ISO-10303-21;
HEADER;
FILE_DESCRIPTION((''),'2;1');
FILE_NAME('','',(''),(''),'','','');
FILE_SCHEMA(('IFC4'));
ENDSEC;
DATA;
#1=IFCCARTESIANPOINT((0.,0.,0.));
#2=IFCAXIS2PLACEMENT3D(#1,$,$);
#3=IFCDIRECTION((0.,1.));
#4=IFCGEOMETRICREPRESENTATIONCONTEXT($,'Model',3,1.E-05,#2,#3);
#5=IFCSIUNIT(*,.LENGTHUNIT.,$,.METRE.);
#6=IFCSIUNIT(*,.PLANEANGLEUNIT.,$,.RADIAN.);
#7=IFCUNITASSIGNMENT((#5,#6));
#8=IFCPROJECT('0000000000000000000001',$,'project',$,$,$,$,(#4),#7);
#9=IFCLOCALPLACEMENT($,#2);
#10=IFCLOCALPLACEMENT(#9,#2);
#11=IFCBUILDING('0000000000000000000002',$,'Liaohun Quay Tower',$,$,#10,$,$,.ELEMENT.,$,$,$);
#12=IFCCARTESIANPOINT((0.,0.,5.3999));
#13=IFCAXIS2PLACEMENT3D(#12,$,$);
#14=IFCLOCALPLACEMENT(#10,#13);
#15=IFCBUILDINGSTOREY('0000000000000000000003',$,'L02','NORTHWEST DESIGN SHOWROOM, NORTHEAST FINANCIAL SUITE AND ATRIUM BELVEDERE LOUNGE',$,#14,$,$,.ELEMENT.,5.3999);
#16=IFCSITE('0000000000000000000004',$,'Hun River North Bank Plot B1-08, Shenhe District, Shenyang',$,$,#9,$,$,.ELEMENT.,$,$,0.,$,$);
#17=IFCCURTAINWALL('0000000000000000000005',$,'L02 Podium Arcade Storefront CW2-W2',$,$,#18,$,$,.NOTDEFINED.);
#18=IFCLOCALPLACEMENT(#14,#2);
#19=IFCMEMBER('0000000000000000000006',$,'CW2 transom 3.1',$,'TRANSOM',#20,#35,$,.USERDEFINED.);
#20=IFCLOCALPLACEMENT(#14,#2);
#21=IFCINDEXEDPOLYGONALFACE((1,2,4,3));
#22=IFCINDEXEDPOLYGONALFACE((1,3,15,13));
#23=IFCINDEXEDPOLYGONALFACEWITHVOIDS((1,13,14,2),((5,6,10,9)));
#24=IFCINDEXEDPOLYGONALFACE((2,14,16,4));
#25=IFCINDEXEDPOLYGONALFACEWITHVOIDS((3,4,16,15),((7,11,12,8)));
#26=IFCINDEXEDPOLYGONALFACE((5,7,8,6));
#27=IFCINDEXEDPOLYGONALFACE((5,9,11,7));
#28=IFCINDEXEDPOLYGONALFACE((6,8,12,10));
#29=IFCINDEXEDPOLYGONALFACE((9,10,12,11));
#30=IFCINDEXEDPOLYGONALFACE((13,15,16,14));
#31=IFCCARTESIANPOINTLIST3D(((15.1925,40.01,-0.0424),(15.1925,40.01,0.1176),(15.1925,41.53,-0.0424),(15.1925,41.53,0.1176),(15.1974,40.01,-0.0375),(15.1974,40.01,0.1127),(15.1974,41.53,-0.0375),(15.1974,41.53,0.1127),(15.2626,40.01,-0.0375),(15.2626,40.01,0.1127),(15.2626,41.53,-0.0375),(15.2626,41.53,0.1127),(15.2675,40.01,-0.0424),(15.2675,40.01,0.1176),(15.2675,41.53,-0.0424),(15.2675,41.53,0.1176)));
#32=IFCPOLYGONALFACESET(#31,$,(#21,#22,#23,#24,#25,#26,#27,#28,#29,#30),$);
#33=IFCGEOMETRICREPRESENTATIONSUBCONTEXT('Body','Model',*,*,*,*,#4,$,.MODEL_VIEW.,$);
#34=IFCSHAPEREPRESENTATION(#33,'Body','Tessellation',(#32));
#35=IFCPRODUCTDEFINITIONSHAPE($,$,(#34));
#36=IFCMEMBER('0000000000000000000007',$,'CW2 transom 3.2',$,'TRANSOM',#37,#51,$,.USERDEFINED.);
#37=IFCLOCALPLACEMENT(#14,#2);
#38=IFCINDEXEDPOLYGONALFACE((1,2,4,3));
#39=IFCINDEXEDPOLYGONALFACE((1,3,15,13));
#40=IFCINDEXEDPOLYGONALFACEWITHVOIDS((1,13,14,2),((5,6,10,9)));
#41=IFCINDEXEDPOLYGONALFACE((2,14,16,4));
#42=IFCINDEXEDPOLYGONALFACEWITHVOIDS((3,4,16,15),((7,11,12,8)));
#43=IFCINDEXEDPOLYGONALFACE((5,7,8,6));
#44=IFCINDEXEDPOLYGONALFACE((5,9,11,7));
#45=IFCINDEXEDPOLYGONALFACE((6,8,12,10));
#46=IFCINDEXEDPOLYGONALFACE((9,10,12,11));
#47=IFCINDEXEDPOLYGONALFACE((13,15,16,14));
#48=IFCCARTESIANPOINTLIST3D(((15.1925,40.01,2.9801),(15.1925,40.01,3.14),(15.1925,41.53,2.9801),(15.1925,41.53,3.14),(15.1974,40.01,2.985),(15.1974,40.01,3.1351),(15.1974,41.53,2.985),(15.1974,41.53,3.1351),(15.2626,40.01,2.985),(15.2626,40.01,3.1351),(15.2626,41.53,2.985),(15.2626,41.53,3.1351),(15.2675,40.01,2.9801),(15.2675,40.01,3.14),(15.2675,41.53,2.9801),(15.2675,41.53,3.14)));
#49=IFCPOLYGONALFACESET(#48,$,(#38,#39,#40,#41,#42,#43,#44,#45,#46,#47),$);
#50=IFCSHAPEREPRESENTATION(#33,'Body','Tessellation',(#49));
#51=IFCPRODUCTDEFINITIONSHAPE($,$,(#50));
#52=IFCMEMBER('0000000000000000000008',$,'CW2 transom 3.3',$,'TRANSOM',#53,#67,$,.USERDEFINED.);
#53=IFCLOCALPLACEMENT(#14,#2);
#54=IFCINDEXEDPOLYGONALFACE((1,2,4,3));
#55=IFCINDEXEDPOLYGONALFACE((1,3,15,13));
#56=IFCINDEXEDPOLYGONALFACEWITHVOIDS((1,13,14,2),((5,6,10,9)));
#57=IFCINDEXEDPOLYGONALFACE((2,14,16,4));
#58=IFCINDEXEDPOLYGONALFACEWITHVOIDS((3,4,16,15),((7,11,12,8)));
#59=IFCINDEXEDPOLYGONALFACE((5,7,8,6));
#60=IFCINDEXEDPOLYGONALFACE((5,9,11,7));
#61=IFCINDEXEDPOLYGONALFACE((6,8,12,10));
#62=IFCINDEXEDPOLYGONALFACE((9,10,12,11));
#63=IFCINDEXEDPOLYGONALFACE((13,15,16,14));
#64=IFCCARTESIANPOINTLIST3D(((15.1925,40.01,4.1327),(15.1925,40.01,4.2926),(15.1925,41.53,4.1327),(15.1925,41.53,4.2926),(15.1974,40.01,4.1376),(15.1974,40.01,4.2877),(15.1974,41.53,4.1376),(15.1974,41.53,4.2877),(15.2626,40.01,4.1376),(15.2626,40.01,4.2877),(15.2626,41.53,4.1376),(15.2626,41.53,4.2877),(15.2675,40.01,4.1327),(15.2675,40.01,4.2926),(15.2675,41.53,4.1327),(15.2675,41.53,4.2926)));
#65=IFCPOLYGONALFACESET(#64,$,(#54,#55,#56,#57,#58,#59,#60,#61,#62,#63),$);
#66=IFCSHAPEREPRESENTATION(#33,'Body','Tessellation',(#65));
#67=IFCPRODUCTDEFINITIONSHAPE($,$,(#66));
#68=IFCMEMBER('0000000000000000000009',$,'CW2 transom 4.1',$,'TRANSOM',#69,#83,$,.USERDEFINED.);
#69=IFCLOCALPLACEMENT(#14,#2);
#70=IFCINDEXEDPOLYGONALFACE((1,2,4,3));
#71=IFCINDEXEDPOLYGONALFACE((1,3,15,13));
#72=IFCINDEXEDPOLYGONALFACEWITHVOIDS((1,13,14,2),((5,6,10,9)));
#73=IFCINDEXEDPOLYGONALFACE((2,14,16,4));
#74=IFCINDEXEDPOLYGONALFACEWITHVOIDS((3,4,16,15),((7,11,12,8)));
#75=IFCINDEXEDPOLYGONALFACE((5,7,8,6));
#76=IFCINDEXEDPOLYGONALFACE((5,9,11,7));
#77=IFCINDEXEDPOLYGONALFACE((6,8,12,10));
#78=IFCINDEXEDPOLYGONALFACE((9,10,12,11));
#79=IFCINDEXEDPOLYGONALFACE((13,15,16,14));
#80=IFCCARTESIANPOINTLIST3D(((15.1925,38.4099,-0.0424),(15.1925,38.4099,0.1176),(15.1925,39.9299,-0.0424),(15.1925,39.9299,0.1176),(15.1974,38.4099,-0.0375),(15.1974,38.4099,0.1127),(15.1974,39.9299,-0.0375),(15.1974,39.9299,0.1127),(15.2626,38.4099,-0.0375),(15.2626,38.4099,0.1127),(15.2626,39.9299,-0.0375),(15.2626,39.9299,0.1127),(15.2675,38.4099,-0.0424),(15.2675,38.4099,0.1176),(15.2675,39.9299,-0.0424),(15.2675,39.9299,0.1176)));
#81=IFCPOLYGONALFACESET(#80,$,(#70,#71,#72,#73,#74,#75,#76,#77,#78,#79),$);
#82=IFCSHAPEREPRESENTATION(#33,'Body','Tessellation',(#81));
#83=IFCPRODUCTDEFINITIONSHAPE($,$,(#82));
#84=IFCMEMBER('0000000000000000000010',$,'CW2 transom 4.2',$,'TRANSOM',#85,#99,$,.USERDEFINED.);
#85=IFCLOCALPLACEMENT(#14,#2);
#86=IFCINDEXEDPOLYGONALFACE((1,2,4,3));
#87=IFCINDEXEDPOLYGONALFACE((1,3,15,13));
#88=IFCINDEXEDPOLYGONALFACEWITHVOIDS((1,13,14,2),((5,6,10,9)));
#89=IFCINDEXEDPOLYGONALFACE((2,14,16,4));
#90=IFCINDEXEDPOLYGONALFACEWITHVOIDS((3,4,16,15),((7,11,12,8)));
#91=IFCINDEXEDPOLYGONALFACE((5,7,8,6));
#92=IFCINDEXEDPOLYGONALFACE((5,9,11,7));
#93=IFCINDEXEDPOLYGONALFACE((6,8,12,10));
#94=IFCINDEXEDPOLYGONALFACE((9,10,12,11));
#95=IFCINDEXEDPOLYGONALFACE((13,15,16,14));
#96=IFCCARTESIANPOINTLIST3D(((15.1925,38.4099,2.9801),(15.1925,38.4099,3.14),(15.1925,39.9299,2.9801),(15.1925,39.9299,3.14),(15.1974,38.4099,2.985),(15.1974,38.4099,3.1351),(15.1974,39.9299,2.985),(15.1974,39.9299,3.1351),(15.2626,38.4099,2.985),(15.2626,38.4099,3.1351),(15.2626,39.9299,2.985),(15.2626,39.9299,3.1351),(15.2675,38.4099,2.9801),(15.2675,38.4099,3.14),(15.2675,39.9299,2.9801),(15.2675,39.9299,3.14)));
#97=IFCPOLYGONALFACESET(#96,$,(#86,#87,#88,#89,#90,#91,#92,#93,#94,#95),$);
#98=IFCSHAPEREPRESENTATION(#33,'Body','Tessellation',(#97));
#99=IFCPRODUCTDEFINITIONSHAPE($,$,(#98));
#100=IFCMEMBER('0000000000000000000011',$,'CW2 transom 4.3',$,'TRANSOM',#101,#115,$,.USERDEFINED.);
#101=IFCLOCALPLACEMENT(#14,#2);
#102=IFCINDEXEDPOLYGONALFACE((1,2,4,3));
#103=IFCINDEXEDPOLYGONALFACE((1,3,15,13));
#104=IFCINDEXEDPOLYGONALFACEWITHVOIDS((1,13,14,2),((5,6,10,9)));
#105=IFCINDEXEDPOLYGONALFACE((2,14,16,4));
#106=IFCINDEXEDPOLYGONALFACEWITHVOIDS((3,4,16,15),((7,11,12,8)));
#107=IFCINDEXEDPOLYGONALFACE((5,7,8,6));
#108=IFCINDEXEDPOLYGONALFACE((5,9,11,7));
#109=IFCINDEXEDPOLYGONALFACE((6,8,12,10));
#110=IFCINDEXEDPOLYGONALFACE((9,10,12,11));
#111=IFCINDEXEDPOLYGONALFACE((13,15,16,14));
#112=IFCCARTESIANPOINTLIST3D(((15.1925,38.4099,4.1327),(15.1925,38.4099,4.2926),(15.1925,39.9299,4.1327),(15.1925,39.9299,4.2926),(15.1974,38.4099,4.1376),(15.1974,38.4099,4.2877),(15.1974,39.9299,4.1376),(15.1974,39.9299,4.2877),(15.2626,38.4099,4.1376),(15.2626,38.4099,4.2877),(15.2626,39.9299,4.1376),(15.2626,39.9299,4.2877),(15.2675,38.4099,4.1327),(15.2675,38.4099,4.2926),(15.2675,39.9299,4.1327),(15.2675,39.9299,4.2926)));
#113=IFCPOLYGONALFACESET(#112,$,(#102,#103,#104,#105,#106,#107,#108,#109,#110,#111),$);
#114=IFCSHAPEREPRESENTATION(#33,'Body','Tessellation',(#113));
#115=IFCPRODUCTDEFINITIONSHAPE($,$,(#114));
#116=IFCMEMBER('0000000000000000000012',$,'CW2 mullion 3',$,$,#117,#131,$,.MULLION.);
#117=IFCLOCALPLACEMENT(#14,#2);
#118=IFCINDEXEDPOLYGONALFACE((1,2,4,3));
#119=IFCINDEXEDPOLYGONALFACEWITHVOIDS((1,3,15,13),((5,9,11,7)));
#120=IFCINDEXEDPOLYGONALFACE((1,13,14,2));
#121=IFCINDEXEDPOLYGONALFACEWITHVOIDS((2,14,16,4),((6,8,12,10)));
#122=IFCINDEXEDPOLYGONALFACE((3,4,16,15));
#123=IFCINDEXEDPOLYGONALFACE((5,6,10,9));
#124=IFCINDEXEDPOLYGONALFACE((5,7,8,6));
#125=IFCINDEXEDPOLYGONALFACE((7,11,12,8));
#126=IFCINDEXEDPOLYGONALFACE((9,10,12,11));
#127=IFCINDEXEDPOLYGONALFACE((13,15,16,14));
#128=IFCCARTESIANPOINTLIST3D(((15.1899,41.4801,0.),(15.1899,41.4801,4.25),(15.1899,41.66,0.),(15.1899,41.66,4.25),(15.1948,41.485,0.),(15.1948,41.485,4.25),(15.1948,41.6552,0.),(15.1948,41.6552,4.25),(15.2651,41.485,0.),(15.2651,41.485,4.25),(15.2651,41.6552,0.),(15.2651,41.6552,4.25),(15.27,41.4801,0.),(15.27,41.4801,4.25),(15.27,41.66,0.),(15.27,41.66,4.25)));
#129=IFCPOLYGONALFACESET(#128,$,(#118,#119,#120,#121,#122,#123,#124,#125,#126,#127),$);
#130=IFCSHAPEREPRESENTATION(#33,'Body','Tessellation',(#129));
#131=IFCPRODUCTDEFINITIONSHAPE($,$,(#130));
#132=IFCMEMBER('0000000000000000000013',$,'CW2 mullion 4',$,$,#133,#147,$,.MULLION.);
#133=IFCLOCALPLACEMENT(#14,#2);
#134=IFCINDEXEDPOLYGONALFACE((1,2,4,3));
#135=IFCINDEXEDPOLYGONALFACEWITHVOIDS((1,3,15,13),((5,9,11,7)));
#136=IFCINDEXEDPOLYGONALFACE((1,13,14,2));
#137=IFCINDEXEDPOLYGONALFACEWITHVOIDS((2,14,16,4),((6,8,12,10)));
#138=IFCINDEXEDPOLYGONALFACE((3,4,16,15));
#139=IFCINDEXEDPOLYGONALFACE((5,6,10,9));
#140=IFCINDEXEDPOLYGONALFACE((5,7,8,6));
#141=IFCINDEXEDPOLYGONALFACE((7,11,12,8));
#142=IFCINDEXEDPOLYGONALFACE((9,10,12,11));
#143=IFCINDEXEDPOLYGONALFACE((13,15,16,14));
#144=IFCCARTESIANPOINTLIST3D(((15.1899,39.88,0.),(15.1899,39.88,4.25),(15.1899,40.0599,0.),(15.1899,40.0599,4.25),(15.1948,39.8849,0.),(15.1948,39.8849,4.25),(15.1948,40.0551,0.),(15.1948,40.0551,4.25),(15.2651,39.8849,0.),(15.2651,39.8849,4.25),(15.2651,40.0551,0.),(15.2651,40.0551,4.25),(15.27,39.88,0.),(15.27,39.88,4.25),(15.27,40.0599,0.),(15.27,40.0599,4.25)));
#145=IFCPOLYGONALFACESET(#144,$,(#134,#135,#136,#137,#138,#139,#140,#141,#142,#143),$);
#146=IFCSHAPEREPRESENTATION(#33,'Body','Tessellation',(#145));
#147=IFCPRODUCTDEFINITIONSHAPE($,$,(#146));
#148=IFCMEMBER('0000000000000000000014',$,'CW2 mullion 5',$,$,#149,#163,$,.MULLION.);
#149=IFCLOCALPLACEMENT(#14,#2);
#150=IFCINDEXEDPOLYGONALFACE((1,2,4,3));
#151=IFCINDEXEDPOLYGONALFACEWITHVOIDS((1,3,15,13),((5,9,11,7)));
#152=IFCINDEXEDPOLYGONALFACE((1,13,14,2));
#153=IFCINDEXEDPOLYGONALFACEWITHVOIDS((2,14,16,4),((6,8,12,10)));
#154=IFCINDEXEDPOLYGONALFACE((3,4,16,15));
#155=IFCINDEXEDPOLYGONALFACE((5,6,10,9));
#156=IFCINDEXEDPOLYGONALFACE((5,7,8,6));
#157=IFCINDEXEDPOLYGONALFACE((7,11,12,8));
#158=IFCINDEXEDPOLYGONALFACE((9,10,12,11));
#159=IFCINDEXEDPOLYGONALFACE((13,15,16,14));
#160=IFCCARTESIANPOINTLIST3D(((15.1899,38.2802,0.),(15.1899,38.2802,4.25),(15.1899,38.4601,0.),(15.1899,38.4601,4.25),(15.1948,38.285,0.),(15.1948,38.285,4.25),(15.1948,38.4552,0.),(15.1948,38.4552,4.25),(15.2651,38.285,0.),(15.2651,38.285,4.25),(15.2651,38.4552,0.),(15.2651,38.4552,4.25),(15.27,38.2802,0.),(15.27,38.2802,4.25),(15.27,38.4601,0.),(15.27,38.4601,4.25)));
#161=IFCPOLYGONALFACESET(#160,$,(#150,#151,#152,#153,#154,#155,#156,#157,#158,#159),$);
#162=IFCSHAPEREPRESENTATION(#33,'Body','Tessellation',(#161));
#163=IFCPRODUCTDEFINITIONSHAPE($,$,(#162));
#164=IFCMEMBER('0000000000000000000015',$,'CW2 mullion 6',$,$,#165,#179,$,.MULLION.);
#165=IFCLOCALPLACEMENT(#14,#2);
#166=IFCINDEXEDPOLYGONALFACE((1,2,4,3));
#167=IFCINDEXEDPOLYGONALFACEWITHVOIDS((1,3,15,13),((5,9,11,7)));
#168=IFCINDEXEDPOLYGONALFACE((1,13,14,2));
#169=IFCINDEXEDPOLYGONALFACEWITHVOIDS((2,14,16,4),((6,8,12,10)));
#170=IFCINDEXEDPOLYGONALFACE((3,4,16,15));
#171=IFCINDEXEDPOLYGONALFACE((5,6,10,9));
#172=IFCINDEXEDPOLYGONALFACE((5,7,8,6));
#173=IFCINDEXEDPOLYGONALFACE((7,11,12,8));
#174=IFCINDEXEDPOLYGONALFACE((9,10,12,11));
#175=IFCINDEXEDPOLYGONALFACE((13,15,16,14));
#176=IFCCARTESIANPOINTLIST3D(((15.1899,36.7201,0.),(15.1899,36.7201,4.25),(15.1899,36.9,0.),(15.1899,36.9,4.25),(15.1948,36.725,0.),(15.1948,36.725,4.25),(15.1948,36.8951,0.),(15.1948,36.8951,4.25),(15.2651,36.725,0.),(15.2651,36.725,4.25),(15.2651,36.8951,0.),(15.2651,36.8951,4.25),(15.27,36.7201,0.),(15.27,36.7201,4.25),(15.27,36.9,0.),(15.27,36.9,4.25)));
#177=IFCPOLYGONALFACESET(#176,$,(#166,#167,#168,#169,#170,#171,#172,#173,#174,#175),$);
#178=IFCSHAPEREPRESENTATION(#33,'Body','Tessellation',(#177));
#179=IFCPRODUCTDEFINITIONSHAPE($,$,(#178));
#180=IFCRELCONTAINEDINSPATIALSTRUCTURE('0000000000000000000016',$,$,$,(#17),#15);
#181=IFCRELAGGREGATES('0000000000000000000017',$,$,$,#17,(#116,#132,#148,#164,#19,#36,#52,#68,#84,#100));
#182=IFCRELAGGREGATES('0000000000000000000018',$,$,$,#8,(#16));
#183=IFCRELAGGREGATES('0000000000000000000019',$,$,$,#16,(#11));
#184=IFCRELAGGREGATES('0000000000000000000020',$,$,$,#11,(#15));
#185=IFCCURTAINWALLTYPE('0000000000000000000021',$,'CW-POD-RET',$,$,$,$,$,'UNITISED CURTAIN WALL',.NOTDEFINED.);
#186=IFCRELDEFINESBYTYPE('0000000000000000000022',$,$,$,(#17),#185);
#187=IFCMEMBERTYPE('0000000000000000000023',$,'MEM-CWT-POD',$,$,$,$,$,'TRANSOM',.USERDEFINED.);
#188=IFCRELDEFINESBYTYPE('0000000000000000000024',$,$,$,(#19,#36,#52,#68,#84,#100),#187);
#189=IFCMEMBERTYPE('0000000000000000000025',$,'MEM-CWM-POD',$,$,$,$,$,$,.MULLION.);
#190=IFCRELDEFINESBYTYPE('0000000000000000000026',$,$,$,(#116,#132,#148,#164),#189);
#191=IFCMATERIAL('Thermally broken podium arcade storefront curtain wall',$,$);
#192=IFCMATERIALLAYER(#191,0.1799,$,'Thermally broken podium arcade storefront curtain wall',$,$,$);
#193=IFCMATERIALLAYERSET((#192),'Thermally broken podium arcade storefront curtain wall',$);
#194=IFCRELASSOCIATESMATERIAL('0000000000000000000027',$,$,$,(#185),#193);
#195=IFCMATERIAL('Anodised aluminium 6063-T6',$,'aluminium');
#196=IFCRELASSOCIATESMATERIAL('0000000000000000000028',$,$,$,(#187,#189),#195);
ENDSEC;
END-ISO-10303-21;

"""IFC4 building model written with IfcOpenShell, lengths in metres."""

from ifc_helpers import new_model, si_unit, direction, frame, origin, origin_2d, place, context, subcontext, project, spatial, hollow_rectangle, extrude, source, transform, mapped, material, layer, layer_set, material_profile, profile_set, type_object, element, aggregate, save


model = new_model("IFC4")

# Units and contexts
model_context = context("Model", 3, precision=1e-05, world=origin(), true_north=direction((0.0, 1.0)))
body_context = subcontext(model_context, "Body", "Model", "MODEL_VIEW")
ifc_project = project(units=[si_unit("LENGTHUNIT", "METRE"), si_unit("PLANEANGLEUNIT", "RADIAN")], contexts=[model_context])

# Site, building, storey
site_placement = place(None, origin())
site = spatial("IfcSite", under=ifc_project, at=site_placement, Name="Hun River North Bank Plot B1-08, Shenhe District, Shenyang", CompositionType="ELEMENT", RefElevation=0.0)
building_placement = place(site_placement, origin())
building = spatial("IfcBuilding", under=site, at=building_placement, Name="Liaohun Quay Tower", CompositionType="ELEMENT")
storey_placement = place(building_placement, frame((0.0, 0.0, 5.3999)))
storey = spatial("IfcBuildingStorey", under=building, at=storey_placement, Name="L02", Description="NORTHWEST DESIGN SHOWROOM, NORTHEAST FINANCIAL SUITE AND ATRIUM BELVEDERE LOUNGE", CompositionType="ELEMENT", Elevation=5.3999)

# Curtain wall, members
ifc_material_1 = material(Name="Thermally broken podium arcade storefront curtain wall")
ifc_layer_1 = layer(ifc_material_1, 0.1799, Name="Thermally broken podium arcade storefront curtain wall")
ifc_layer_set_1 = layer_set([ifc_layer_1], Name="Thermally broken podium arcade storefront curtain wall")
curtain_wall_type = type_object("IfcCurtainWallType", Name="CW-POD-RET", ElementType="UNITISED CURTAIN WALL", PredefinedType="NOTDEFINED", material=ifc_layer_set_1)
curtain_wall_placement = place(storey_placement, origin())
curtain_wall = element("IfcCurtainWall", 1, at=curtain_wall_placement, inside=storey, type_object=curtain_wall_type, Name="L02 Podium Arcade Storefront CW2-W2", PredefinedType="NOTDEFINED")
ifc_material_2 = material(Name="Anodised aluminium 6063-T6", Category="aluminium")
ifc_material_profile_1 = material_profile(ifc_material_2, hollow_rectangle(XDim=0.075, YDim=0.1599, WallThickness=0.0049, at=origin_2d()), Name="RHS160x75x5")
ifc_profile_set_1 = profile_set([ifc_material_profile_1], Name="Anodised aluminium 6063-T6")
member_type_1 = type_object("IfcMemberType", Name="MEM-CWT-POD", ElementType="TRANSOM", PredefinedType="USERDEFINED", material=ifc_profile_set_1)
shared_shape_1 = source(origin(), body_context, "Body", "SweptSolid", [
    extrude(hollow_rectangle(XDim=0.075, YDim=0.1599, WallThickness=0.0049, at=origin_2d()), origin(), (0.0, 0.0, 1.0), 1.52),
])
member_1_placement = place(storey_placement, frame((15.23, 41.53, 0.0376), z_axis=(0.0, -1.0, 0.0), x_axis=(1.0, 0.0, 0.0)))
member_1 = element("IfcMember", 2, at=member_1_placement, type_object=member_type_1, Name="CW2 transom 3.1", ObjectType="TRANSOM", PredefinedType="USERDEFINED", context=body_context, shape_type="MappedRepresentation", body=[
    mapped(shared_shape_1, transform((0.0, 0.0, 0.0), x_axis=(1.0, 0.0, 0.0), y_axis=(0.0, 1.0, 0.0), z_axis=(0.0, 0.0, 1.0), scale=1.0)),
])
member_2_placement = place(storey_placement, frame((15.23, 41.53, 3.0601), z_axis=(0.0, -1.0, 0.0), x_axis=(1.0, 0.0, 0.0)))
member_2 = element("IfcMember", 3, at=member_2_placement, type_object=member_type_1, Name="CW2 transom 3.2", ObjectType="TRANSOM", PredefinedType="USERDEFINED", context=body_context, shape_type="MappedRepresentation", body=[
    mapped(shared_shape_1, transform((0.0, 0.0, 0.0), x_axis=(1.0, 0.0, 0.0), y_axis=(0.0, 1.0, 0.0), z_axis=(0.0, 0.0, 1.0), scale=1.0)),
])
member_3_placement = place(storey_placement, frame((15.23, 41.53, 4.2126), z_axis=(0.0, -1.0, 0.0), x_axis=(1.0, 0.0, 0.0)))
member_3 = element("IfcMember", 4, at=member_3_placement, type_object=member_type_1, Name="CW2 transom 3.3", ObjectType="TRANSOM", PredefinedType="USERDEFINED", context=body_context, shape_type="MappedRepresentation", body=[
    mapped(shared_shape_1, transform((0.0, 0.0, 0.0), x_axis=(1.0, 0.0, 0.0), y_axis=(0.0, 1.0, 0.0), z_axis=(0.0, 0.0, 1.0), scale=1.0)),
])
member_4_placement = place(storey_placement, frame((15.23, 39.9299, 0.0376), z_axis=(0.0, -1.0, 0.0), x_axis=(1.0, 0.0, 0.0)))
member_4 = element("IfcMember", 5, at=member_4_placement, type_object=member_type_1, Name="CW2 transom 4.1", ObjectType="TRANSOM", PredefinedType="USERDEFINED", context=body_context, shape_type="MappedRepresentation", body=[
    mapped(shared_shape_1, transform((0.0, 0.0, 0.0), x_axis=(1.0, 0.0, 0.0), y_axis=(0.0, 1.0, 0.0), z_axis=(0.0, 0.0, 1.0), scale=1.0)),
])
member_5_placement = place(storey_placement, frame((15.23, 39.9299, 3.0601), z_axis=(0.0, -1.0, 0.0), x_axis=(1.0, 0.0, 0.0)))
member_5 = element("IfcMember", 6, at=member_5_placement, type_object=member_type_1, Name="CW2 transom 4.2", ObjectType="TRANSOM", PredefinedType="USERDEFINED", context=body_context, shape_type="MappedRepresentation", body=[
    mapped(shared_shape_1, transform((0.0, 0.0, 0.0), x_axis=(1.0, 0.0, 0.0), y_axis=(0.0, 1.0, 0.0), z_axis=(0.0, 0.0, 1.0), scale=1.0)),
])
member_6_placement = place(storey_placement, frame((15.23, 39.9299, 4.2126), z_axis=(0.0, -1.0, 0.0), x_axis=(1.0, 0.0, 0.0)))
member_6 = element("IfcMember", 7, at=member_6_placement, type_object=member_type_1, Name="CW2 transom 4.3", ObjectType="TRANSOM", PredefinedType="USERDEFINED", context=body_context, shape_type="MappedRepresentation", body=[
    mapped(shared_shape_1, transform((0.0, 0.0, 0.0), x_axis=(1.0, 0.0, 0.0), y_axis=(0.0, 1.0, 0.0), z_axis=(0.0, 0.0, 1.0), scale=1.0)),
])
ifc_material_profile_2 = material_profile(ifc_material_2, hollow_rectangle(XDim=0.0801, YDim=0.1799, WallThickness=0.0049, at=origin_2d()), Name="RHS180x80x5")
ifc_profile_set_2 = profile_set([ifc_material_profile_2], Name="Anodised aluminium 6063-T6")
member_type_2 = type_object("IfcMemberType", Name="MEM-CWM-POD", PredefinedType="MULLION", material=ifc_profile_set_2)
shared_shape_2 = source(origin(), body_context, "Body", "SweptSolid", [
    extrude(hollow_rectangle(XDim=0.0801, YDim=0.1799, WallThickness=0.0049, at=origin_2d()), origin(), (0.0, 0.0, 1.0), 4.25),
])
member_7_placement = place(storey_placement, frame((15.23, 41.5701, 0.0), z_axis=(0.0, 0.0, 1.0), x_axis=(1.0, 0.0, 0.0)))
member_7 = element("IfcMember", 8, at=member_7_placement, type_object=member_type_2, Name="CW2 mullion 3", PredefinedType="MULLION", context=body_context, shape_type="MappedRepresentation", body=[
    mapped(shared_shape_2, transform((0.0, 0.0, 0.0), x_axis=(1.0, 0.0, 0.0), y_axis=(0.0, 1.0, 0.0), z_axis=(0.0, 0.0, 1.0), scale=1.0)),
])
member_8_placement = place(storey_placement, frame((15.23, 39.97, 0.0), z_axis=(0.0, 0.0, 1.0), x_axis=(1.0, 0.0, 0.0)))
member_8 = element("IfcMember", 9, at=member_8_placement, type_object=member_type_2, Name="CW2 mullion 4", PredefinedType="MULLION", context=body_context, shape_type="MappedRepresentation", body=[
    mapped(shared_shape_2, transform((0.0, 0.0, 0.0), x_axis=(1.0, 0.0, 0.0), y_axis=(0.0, 1.0, 0.0), z_axis=(0.0, 0.0, 1.0), scale=1.0)),
])
member_9_placement = place(storey_placement, frame((15.23, 38.3701, 0.0), z_axis=(0.0, 0.0, 1.0), x_axis=(1.0, 0.0, 0.0)))
member_9 = element("IfcMember", 10, at=member_9_placement, type_object=member_type_2, Name="CW2 mullion 5", PredefinedType="MULLION", context=body_context, shape_type="MappedRepresentation", body=[
    mapped(shared_shape_2, transform((0.0, 0.0, 0.0), x_axis=(1.0, 0.0, 0.0), y_axis=(0.0, 1.0, 0.0), z_axis=(0.0, 0.0, 1.0), scale=1.0)),
])
member_10_placement = place(storey_placement, frame((15.23, 36.8101, 0.0), z_axis=(0.0, 0.0, 1.0), x_axis=(1.0, 0.0, 0.0)))
member_10 = element("IfcMember", 11, at=member_10_placement, type_object=member_type_2, Name="CW2 mullion 6", PredefinedType="MULLION", context=body_context, shape_type="MappedRepresentation", body=[
    mapped(shared_shape_2, transform((0.0, 0.0, 0.0), x_axis=(1.0, 0.0, 0.0), y_axis=(0.0, 1.0, 0.0), z_axis=(0.0, 0.0, 1.0), scale=1.0)),
])
aggregate(curtain_wall, [member_7, member_8, member_9, member_10, member_1, member_2, member_3, member_4, member_5, member_6])

save(model, "model.ifc")
